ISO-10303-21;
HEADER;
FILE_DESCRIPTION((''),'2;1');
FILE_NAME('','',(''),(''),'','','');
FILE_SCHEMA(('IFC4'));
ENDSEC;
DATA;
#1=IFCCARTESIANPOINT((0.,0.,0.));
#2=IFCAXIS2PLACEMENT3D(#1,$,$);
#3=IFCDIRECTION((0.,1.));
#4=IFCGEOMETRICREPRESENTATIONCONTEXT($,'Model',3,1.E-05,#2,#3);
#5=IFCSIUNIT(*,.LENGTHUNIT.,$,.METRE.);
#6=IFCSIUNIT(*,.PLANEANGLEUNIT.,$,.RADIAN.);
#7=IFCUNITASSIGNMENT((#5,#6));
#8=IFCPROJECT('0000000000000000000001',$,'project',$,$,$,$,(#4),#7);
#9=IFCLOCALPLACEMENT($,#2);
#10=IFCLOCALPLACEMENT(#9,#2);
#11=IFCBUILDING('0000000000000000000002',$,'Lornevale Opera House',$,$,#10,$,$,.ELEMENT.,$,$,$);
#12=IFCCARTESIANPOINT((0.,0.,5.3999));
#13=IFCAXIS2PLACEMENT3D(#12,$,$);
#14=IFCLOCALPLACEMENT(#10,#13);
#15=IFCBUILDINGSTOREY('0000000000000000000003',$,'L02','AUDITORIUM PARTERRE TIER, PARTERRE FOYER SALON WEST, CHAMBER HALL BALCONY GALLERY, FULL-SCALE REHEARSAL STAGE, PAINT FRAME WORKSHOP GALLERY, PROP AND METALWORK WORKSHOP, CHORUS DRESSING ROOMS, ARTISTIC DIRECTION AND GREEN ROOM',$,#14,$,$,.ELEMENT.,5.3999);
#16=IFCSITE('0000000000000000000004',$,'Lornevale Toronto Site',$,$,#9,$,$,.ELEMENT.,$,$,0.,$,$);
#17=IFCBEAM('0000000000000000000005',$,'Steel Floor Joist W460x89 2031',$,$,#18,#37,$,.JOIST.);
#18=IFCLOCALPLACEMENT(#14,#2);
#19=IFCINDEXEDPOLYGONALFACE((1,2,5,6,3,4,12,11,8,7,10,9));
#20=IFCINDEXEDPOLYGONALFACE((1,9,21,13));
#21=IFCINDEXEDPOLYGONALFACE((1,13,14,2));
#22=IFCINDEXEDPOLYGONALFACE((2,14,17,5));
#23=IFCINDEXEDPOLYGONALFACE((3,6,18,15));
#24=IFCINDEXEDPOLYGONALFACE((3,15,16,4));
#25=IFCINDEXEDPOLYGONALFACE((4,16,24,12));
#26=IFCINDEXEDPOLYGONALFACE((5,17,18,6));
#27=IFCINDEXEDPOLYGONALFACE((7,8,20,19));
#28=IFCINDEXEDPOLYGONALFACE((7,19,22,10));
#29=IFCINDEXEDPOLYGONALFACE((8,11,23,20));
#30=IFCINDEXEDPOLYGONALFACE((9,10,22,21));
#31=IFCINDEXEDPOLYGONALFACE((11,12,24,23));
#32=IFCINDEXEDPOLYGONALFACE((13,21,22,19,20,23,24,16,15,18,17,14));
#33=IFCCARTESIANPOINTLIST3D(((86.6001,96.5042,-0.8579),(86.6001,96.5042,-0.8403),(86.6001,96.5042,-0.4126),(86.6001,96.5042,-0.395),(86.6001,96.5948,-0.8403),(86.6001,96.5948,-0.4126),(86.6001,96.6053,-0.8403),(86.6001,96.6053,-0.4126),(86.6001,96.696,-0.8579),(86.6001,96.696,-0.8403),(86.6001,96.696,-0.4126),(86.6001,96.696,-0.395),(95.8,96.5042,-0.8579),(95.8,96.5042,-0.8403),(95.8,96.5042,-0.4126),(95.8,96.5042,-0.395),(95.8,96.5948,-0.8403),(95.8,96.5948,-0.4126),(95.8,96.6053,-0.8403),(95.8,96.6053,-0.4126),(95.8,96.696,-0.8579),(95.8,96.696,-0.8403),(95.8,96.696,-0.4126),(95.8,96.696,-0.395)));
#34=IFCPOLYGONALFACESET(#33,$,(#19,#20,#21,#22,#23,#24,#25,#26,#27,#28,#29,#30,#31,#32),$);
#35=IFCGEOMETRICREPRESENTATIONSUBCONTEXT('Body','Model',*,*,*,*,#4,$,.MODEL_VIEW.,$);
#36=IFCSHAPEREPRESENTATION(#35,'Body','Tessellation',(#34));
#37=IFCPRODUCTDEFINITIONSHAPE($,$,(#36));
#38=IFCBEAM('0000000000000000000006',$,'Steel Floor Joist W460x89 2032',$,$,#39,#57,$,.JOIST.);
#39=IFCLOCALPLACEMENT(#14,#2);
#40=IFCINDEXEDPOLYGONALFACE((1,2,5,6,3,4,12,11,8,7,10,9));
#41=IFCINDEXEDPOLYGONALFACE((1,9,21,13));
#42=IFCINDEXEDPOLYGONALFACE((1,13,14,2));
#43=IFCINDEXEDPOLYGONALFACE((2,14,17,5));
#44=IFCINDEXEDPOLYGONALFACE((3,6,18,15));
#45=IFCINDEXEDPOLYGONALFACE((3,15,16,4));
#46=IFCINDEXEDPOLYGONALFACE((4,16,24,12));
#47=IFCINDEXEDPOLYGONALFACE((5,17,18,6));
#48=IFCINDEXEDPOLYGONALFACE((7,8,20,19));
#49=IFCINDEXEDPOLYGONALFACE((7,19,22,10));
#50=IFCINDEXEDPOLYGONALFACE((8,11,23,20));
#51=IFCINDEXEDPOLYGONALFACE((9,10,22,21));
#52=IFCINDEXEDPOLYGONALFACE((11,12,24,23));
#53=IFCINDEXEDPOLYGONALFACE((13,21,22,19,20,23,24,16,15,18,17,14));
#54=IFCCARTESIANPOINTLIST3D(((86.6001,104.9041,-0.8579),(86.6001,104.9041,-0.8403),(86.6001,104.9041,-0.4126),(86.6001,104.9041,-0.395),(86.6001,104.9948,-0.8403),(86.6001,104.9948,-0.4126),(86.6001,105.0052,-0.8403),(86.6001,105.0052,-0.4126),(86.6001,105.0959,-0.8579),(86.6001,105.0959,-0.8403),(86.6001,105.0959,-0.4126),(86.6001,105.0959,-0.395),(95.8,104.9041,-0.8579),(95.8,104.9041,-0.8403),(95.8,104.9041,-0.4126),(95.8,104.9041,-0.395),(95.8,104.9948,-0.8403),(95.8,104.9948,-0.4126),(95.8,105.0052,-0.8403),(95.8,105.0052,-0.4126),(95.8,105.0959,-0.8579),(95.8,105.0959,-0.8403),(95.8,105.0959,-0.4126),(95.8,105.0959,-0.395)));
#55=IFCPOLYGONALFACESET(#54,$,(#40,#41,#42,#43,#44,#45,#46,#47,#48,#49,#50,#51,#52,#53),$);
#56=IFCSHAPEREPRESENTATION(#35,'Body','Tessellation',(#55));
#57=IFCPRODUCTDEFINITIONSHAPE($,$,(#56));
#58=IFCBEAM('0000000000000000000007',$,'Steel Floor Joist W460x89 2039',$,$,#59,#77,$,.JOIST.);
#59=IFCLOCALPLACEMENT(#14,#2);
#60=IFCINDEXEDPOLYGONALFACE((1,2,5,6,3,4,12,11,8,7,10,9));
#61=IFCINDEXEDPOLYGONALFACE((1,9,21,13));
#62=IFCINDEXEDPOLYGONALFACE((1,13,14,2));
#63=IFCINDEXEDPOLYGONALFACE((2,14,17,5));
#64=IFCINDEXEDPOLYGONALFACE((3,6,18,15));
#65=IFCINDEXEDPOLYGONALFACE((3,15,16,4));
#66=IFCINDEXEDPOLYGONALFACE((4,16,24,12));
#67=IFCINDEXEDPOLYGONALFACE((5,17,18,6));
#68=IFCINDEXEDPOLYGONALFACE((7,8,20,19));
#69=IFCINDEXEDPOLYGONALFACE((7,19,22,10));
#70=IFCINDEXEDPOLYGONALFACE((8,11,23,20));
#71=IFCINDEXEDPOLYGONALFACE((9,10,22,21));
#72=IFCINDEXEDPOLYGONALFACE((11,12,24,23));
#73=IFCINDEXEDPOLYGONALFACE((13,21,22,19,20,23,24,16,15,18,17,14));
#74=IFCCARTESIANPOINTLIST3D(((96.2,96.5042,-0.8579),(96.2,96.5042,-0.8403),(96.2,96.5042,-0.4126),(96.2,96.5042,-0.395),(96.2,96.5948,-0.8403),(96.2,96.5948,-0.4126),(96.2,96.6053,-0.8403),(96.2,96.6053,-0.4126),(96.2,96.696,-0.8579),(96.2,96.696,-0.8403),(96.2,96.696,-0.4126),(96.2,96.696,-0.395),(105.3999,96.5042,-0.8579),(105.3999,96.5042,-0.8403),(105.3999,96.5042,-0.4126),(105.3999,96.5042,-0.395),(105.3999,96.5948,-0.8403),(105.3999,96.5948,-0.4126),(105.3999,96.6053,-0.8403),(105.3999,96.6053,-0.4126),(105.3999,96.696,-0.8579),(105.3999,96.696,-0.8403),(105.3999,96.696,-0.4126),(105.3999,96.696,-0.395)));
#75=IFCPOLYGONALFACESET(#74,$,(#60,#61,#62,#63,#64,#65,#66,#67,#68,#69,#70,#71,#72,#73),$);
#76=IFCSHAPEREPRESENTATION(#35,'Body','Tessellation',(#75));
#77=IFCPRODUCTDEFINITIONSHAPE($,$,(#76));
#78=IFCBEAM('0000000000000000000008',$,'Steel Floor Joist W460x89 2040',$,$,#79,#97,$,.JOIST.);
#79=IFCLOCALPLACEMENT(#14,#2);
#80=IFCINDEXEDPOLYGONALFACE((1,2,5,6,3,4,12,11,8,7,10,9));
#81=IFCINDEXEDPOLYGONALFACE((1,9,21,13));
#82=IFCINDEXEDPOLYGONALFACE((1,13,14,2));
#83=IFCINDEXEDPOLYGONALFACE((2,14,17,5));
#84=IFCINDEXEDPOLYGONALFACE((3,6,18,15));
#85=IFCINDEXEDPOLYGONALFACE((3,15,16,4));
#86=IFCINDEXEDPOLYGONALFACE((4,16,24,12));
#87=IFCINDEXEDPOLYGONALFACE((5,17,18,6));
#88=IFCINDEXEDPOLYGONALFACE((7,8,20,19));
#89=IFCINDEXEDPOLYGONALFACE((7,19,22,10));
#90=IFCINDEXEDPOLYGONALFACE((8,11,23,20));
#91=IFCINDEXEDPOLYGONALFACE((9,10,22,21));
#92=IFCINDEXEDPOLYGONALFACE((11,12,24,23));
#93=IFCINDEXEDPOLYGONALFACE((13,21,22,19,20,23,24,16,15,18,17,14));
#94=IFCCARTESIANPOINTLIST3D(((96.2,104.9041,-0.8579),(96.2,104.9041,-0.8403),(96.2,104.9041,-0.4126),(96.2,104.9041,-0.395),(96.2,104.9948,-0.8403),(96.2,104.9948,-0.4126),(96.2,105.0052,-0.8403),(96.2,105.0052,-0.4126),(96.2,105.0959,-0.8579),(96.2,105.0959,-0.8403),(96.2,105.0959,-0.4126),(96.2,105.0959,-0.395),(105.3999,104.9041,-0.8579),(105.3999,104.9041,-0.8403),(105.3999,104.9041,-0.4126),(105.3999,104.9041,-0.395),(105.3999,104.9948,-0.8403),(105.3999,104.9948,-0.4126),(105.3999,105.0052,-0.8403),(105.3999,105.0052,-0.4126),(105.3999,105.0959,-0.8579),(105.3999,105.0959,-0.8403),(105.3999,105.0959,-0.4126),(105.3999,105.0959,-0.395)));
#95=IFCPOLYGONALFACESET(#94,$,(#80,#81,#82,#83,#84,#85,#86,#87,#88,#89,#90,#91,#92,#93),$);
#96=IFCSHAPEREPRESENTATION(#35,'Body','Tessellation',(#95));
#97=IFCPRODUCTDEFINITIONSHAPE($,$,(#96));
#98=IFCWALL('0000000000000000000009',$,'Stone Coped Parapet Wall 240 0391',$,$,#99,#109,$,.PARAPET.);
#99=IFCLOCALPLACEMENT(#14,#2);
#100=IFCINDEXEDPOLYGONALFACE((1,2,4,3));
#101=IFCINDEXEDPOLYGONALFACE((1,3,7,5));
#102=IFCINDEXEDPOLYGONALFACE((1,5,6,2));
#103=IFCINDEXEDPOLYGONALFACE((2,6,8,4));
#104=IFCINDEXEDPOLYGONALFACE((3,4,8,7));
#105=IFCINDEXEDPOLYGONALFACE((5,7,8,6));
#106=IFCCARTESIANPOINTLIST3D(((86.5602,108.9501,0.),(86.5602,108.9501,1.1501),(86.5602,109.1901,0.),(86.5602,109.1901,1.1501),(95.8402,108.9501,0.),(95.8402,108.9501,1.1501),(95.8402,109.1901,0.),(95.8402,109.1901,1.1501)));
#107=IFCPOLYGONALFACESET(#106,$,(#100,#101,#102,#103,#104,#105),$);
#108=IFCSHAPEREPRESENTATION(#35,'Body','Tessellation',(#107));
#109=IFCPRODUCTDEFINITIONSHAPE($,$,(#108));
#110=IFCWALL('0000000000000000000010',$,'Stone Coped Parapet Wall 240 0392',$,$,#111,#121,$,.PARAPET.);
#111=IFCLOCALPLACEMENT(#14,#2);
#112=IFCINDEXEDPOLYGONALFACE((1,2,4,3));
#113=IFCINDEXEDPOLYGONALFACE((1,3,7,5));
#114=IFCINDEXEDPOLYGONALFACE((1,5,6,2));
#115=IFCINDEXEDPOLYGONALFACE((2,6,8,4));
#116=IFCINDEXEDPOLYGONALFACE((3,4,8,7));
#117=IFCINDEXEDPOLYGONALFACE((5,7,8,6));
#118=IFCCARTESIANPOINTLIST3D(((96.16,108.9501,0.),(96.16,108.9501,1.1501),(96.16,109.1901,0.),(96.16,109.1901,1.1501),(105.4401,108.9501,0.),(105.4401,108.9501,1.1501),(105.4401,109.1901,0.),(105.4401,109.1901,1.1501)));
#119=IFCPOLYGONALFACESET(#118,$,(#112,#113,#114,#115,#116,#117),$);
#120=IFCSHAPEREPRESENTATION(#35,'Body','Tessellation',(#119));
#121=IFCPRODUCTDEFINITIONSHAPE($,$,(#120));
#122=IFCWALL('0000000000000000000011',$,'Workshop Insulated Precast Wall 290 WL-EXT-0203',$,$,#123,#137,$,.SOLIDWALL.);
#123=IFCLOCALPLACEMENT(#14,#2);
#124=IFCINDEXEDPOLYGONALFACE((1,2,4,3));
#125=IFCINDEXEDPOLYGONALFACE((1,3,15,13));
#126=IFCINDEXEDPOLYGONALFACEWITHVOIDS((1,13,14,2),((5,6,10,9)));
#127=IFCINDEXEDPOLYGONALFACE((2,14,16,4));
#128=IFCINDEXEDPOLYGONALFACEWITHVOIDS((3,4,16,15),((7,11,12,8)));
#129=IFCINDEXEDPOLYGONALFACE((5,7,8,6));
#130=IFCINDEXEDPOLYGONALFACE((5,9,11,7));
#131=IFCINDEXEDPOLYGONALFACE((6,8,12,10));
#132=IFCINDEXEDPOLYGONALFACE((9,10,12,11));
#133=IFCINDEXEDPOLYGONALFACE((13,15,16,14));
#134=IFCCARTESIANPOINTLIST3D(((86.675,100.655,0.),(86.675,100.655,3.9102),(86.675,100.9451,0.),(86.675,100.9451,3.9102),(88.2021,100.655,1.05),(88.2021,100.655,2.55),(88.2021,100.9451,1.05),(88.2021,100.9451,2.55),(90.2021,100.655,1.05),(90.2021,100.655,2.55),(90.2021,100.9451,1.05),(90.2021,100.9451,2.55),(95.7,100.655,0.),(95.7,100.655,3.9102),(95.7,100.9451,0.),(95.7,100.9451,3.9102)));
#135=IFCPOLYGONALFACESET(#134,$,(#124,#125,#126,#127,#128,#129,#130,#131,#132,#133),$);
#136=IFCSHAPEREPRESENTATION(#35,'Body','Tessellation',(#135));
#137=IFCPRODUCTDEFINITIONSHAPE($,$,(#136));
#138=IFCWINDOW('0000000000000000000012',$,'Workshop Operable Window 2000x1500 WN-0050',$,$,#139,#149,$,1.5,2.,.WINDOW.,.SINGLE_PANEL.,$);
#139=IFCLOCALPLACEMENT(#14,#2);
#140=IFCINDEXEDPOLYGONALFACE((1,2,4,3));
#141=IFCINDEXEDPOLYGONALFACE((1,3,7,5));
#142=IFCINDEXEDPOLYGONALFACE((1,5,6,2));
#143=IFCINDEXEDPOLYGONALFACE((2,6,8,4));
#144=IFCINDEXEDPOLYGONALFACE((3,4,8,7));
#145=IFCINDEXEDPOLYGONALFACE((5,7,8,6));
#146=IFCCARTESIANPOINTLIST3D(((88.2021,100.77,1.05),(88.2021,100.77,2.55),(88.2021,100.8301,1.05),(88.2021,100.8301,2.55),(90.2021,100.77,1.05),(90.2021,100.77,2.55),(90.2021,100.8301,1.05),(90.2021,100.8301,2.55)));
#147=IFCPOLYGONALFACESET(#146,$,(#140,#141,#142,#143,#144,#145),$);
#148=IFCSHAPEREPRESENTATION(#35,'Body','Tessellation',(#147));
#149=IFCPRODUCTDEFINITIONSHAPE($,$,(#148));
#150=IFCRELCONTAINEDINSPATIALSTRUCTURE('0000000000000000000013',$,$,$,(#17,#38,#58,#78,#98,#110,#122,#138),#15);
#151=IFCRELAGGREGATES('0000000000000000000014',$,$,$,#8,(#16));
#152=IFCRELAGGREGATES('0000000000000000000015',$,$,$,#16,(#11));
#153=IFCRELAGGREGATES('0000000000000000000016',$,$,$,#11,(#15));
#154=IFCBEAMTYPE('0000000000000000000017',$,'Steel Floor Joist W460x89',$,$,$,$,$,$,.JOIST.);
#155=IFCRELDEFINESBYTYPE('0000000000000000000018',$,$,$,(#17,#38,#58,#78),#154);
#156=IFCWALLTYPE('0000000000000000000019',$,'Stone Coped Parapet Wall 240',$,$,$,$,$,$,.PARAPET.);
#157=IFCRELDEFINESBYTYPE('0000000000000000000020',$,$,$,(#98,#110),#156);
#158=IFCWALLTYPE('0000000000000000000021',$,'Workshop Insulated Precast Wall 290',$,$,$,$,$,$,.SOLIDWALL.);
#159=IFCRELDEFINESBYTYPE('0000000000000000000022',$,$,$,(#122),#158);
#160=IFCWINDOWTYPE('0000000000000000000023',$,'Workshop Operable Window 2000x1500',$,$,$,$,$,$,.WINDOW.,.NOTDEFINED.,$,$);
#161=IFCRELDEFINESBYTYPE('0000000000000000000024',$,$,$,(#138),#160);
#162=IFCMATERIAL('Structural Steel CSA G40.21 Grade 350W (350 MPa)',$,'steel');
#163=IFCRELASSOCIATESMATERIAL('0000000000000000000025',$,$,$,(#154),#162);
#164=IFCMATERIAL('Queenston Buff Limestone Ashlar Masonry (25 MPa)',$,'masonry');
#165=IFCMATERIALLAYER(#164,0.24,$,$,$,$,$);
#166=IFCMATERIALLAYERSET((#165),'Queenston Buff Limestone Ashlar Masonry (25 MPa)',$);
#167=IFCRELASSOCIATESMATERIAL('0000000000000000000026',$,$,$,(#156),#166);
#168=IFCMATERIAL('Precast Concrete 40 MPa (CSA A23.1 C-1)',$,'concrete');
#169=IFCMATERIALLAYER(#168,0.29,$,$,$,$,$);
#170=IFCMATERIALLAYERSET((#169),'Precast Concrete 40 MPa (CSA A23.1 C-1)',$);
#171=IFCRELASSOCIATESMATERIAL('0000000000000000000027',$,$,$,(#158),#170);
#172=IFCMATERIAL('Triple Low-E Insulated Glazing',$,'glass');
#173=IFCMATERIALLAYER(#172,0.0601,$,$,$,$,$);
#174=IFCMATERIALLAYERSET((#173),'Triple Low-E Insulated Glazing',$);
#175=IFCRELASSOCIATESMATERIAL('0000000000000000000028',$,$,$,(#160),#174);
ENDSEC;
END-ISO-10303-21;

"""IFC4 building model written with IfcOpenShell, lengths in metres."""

from ifc_helpers import new_model, si_unit, direction, frame, frame_2d, origin, origin_2d, place, context, subcontext, project, spatial, rectangle, i_section, extrude, material, layer, layer_set, material_profile, profile_set, type_object, element, fill, save


model = new_model("IFC4")

# Units and contexts
model_context = context("Model", 3, precision=1e-05, world=origin(), true_north=direction((0.0, 1.0)))
body_context = subcontext(model_context, "Body", "Model", "MODEL_VIEW")
ifc_project = project(units=[si_unit("LENGTHUNIT", "METRE"), si_unit("PLANEANGLEUNIT", "RADIAN")], contexts=[model_context])

# Site, building, storey
site_placement = place(None, origin())
site = spatial("IfcSite", under=ifc_project, at=site_placement, Name="Lornevale Toronto Site", CompositionType="ELEMENT", RefElevation=0.0)
building_placement = place(site_placement, origin())
building = spatial("IfcBuilding", under=site, at=building_placement, Name="Lornevale Opera House", CompositionType="ELEMENT")
storey_placement = place(building_placement, frame((0.0, 0.0, 5.3999)))
storey = spatial("IfcBuildingStorey", under=building, at=storey_placement, Name="L02", Description="AUDITORIUM PARTERRE TIER, PARTERRE FOYER SALON WEST, CHAMBER HALL BALCONY GALLERY, FULL-SCALE REHEARSAL STAGE, PAINT FRAME WORKSHOP GALLERY, PROP AND METALWORK WORKSHOP, CHORUS DRESSING ROOMS, ARTISTIC DIRECTION AND GREEN ROOM", CompositionType="ELEMENT", Elevation=5.3999)

# Beams
ifc_material_1 = material(Name="Structural Steel CSA G40.21 Grade 350W (350 MPa)", Category="steel")
ifc_material_profile_1 = material_profile(ifc_material_1, i_section(OverallWidth=0.1919, OverallDepth=0.4629, WebThickness=0.0105, FlangeThickness=0.0176, at=origin_2d()), Name="W460x89")
ifc_profile_set_1 = profile_set([ifc_material_profile_1], Name="Structural Steel CSA G40.21 Grade 350W (350 MPa)")
beam_type_1 = type_object("IfcBeamType", Name="Steel Floor Joist W460x89", PredefinedType="JOIST", material=ifc_profile_set_1)
for number, where, z_axis, x_axis, name in (
    (1, (86.6001, 96.6001, -0.6265), (1.0, 0.0, 0.0), (0.0, 1.0, 0.0), "Steel Floor Joist W460x89 2031"),
    (2, (86.6001, 105.0, -0.6265), (1.0, 0.0, 0.0), (0.0, 1.0, 0.0), "Steel Floor Joist W460x89 2032"),
    (3, (96.2, 96.6001, -0.6265), (1.0, 0.0, 0.0), (0.0, 1.0, 0.0), "Steel Floor Joist W460x89 2039"),
    (4, (96.2, 105.0, -0.6265), (1.0, 0.0, 0.0), (0.0, 1.0, 0.0), "Steel Floor Joist W460x89 2040"),
):
    element("IfcBeam", number, at=place(storey_placement, frame(where, z_axis=z_axis, x_axis=x_axis)), inside=storey, type_object=beam_type_1, Name=name, PredefinedType="JOIST", context=body_context, shape_type="SweptSolid", body=[
        extrude(i_section(OverallWidth=0.1919, OverallDepth=0.4629, WebThickness=0.0105, FlangeThickness=0.0176, at=origin_2d()), origin(), (0.0, 0.0, 1.0), 9.2),
    ])

# Walls
ifc_material_2 = material(Name="Queenston Buff Limestone Ashlar Masonry (25 MPa)", Category="masonry")
ifc_layer_1 = layer(ifc_material_2, 0.24)
ifc_layer_set_1 = layer_set([ifc_layer_1], Name="Queenston Buff Limestone Ashlar Masonry (25 MPa)")
wall_type_1 = type_object("IfcWallType", Name="Stone Coped Parapet Wall 240", PredefinedType="PARAPET", material=ifc_layer_set_1)
for number, where, z_axis, x_axis, name in (
    (5, (86.5601, 109.0701, 0.0), (0.0, 0.0, 1.0), (1.0, 0.0, 0.0), "Stone Coped Parapet Wall 240 0391"),
    (6, (96.1599, 109.0701, 0.0), (0.0, 0.0, 1.0), (1.0, 0.0, 0.0), "Stone Coped Parapet Wall 240 0392"),
):
    element("IfcWall", number, at=place(storey_placement, frame(where, z_axis=z_axis, x_axis=x_axis)), inside=storey, type_object=wall_type_1, Name=name, PredefinedType="PARAPET", context=body_context, shape_type="SweptSolid", body=[
        extrude(rectangle(XDim=9.28, YDim=0.24, at=frame_2d((4.6401, 0.0))), origin(), (0.0, 0.0, 1.0), 1.1501),
    ])

# Wall, opening, window
ifc_material_3 = material(Name="Precast Concrete 40 MPa (CSA A23.1 C-1)", Category="concrete")
ifc_layer_2 = layer(ifc_material_3, 0.29)
ifc_layer_set_2 = layer_set([ifc_layer_2], Name="Precast Concrete 40 MPa (CSA A23.1 C-1)")
wall_type_2 = type_object("IfcWallType", Name="Workshop Insulated Precast Wall 290", PredefinedType="SOLIDWALL", material=ifc_layer_set_2)
wall_1_placement = place(storey_placement, frame((86.675, 100.8, 0.0), z_axis=(0.0, 0.0, 1.0), x_axis=(1.0, 0.0, 0.0)))
wall_1 = element("IfcWall", 7, at=wall_1_placement, inside=storey, type_object=wall_type_2, Name="Workshop Insulated Precast Wall 290 WL-EXT-0203", PredefinedType="SOLIDWALL", context=body_context, shape_type="SweptSolid", body=[
    extrude(rectangle(XDim=9.0249, YDim=0.29, at=frame_2d((4.5125, 0.0))), origin(), (0.0, 0.0, 1.0), 3.9102),
])
opening_1_placement = place(wall_1_placement, frame((1.5271, 0.0, 1.05)))
opening_1 = element("IfcOpeningElement", 8, at=opening_1_placement, cuts=wall_1, PredefinedType="OPENING", context=body_context, shape_type="SweptSolid", body=[
    extrude(rectangle(XDim=2.0, YDim=1.5, at=frame_2d((1.0, 0.75))), frame((0.0, 0.155, 0.0), z_axis=(0.0, -1.0, 0.0), x_axis=(1.0, 0.0, 0.0)), (0.0, 0.0, 1.0), 0.3101),
])
ifc_material_4 = material(Name="Triple Low-E Insulated Glazing", Category="glass")
ifc_layer_3 = layer(ifc_material_4, 0.0601)
ifc_layer_set_3 = layer_set([ifc_layer_3], Name="Triple Low-E Insulated Glazing")
window_type_1 = type_object("IfcWindowType", Name="Workshop Operable Window 2000x1500", PartitioningType="NOTDEFINED", PredefinedType="WINDOW", material=ifc_layer_set_3)
window_1_placement = place(opening_1_placement, origin())
window_1 = element("IfcWindow", 9, at=window_1_placement, inside=storey, type_object=window_type_1, Name="Workshop Operable Window 2000x1500 WN-0050", OverallHeight=1.5, OverallWidth=2.0, PartitioningType="SINGLE_PANEL", PredefinedType="WINDOW", context=body_context, shape_type="SweptSolid", body=[
    extrude(rectangle(XDim=2.0, YDim=1.5, at=frame_2d((1.0, 0.75))), frame((0.0, 0.03, 0.0), z_axis=(0.0, -1.0, 0.0), x_axis=(1.0, 0.0, 0.0)), (0.0, 0.0, 1.0), 0.0601),
])
fill(opening_1, window_1)

save(model, "model.ifc")
